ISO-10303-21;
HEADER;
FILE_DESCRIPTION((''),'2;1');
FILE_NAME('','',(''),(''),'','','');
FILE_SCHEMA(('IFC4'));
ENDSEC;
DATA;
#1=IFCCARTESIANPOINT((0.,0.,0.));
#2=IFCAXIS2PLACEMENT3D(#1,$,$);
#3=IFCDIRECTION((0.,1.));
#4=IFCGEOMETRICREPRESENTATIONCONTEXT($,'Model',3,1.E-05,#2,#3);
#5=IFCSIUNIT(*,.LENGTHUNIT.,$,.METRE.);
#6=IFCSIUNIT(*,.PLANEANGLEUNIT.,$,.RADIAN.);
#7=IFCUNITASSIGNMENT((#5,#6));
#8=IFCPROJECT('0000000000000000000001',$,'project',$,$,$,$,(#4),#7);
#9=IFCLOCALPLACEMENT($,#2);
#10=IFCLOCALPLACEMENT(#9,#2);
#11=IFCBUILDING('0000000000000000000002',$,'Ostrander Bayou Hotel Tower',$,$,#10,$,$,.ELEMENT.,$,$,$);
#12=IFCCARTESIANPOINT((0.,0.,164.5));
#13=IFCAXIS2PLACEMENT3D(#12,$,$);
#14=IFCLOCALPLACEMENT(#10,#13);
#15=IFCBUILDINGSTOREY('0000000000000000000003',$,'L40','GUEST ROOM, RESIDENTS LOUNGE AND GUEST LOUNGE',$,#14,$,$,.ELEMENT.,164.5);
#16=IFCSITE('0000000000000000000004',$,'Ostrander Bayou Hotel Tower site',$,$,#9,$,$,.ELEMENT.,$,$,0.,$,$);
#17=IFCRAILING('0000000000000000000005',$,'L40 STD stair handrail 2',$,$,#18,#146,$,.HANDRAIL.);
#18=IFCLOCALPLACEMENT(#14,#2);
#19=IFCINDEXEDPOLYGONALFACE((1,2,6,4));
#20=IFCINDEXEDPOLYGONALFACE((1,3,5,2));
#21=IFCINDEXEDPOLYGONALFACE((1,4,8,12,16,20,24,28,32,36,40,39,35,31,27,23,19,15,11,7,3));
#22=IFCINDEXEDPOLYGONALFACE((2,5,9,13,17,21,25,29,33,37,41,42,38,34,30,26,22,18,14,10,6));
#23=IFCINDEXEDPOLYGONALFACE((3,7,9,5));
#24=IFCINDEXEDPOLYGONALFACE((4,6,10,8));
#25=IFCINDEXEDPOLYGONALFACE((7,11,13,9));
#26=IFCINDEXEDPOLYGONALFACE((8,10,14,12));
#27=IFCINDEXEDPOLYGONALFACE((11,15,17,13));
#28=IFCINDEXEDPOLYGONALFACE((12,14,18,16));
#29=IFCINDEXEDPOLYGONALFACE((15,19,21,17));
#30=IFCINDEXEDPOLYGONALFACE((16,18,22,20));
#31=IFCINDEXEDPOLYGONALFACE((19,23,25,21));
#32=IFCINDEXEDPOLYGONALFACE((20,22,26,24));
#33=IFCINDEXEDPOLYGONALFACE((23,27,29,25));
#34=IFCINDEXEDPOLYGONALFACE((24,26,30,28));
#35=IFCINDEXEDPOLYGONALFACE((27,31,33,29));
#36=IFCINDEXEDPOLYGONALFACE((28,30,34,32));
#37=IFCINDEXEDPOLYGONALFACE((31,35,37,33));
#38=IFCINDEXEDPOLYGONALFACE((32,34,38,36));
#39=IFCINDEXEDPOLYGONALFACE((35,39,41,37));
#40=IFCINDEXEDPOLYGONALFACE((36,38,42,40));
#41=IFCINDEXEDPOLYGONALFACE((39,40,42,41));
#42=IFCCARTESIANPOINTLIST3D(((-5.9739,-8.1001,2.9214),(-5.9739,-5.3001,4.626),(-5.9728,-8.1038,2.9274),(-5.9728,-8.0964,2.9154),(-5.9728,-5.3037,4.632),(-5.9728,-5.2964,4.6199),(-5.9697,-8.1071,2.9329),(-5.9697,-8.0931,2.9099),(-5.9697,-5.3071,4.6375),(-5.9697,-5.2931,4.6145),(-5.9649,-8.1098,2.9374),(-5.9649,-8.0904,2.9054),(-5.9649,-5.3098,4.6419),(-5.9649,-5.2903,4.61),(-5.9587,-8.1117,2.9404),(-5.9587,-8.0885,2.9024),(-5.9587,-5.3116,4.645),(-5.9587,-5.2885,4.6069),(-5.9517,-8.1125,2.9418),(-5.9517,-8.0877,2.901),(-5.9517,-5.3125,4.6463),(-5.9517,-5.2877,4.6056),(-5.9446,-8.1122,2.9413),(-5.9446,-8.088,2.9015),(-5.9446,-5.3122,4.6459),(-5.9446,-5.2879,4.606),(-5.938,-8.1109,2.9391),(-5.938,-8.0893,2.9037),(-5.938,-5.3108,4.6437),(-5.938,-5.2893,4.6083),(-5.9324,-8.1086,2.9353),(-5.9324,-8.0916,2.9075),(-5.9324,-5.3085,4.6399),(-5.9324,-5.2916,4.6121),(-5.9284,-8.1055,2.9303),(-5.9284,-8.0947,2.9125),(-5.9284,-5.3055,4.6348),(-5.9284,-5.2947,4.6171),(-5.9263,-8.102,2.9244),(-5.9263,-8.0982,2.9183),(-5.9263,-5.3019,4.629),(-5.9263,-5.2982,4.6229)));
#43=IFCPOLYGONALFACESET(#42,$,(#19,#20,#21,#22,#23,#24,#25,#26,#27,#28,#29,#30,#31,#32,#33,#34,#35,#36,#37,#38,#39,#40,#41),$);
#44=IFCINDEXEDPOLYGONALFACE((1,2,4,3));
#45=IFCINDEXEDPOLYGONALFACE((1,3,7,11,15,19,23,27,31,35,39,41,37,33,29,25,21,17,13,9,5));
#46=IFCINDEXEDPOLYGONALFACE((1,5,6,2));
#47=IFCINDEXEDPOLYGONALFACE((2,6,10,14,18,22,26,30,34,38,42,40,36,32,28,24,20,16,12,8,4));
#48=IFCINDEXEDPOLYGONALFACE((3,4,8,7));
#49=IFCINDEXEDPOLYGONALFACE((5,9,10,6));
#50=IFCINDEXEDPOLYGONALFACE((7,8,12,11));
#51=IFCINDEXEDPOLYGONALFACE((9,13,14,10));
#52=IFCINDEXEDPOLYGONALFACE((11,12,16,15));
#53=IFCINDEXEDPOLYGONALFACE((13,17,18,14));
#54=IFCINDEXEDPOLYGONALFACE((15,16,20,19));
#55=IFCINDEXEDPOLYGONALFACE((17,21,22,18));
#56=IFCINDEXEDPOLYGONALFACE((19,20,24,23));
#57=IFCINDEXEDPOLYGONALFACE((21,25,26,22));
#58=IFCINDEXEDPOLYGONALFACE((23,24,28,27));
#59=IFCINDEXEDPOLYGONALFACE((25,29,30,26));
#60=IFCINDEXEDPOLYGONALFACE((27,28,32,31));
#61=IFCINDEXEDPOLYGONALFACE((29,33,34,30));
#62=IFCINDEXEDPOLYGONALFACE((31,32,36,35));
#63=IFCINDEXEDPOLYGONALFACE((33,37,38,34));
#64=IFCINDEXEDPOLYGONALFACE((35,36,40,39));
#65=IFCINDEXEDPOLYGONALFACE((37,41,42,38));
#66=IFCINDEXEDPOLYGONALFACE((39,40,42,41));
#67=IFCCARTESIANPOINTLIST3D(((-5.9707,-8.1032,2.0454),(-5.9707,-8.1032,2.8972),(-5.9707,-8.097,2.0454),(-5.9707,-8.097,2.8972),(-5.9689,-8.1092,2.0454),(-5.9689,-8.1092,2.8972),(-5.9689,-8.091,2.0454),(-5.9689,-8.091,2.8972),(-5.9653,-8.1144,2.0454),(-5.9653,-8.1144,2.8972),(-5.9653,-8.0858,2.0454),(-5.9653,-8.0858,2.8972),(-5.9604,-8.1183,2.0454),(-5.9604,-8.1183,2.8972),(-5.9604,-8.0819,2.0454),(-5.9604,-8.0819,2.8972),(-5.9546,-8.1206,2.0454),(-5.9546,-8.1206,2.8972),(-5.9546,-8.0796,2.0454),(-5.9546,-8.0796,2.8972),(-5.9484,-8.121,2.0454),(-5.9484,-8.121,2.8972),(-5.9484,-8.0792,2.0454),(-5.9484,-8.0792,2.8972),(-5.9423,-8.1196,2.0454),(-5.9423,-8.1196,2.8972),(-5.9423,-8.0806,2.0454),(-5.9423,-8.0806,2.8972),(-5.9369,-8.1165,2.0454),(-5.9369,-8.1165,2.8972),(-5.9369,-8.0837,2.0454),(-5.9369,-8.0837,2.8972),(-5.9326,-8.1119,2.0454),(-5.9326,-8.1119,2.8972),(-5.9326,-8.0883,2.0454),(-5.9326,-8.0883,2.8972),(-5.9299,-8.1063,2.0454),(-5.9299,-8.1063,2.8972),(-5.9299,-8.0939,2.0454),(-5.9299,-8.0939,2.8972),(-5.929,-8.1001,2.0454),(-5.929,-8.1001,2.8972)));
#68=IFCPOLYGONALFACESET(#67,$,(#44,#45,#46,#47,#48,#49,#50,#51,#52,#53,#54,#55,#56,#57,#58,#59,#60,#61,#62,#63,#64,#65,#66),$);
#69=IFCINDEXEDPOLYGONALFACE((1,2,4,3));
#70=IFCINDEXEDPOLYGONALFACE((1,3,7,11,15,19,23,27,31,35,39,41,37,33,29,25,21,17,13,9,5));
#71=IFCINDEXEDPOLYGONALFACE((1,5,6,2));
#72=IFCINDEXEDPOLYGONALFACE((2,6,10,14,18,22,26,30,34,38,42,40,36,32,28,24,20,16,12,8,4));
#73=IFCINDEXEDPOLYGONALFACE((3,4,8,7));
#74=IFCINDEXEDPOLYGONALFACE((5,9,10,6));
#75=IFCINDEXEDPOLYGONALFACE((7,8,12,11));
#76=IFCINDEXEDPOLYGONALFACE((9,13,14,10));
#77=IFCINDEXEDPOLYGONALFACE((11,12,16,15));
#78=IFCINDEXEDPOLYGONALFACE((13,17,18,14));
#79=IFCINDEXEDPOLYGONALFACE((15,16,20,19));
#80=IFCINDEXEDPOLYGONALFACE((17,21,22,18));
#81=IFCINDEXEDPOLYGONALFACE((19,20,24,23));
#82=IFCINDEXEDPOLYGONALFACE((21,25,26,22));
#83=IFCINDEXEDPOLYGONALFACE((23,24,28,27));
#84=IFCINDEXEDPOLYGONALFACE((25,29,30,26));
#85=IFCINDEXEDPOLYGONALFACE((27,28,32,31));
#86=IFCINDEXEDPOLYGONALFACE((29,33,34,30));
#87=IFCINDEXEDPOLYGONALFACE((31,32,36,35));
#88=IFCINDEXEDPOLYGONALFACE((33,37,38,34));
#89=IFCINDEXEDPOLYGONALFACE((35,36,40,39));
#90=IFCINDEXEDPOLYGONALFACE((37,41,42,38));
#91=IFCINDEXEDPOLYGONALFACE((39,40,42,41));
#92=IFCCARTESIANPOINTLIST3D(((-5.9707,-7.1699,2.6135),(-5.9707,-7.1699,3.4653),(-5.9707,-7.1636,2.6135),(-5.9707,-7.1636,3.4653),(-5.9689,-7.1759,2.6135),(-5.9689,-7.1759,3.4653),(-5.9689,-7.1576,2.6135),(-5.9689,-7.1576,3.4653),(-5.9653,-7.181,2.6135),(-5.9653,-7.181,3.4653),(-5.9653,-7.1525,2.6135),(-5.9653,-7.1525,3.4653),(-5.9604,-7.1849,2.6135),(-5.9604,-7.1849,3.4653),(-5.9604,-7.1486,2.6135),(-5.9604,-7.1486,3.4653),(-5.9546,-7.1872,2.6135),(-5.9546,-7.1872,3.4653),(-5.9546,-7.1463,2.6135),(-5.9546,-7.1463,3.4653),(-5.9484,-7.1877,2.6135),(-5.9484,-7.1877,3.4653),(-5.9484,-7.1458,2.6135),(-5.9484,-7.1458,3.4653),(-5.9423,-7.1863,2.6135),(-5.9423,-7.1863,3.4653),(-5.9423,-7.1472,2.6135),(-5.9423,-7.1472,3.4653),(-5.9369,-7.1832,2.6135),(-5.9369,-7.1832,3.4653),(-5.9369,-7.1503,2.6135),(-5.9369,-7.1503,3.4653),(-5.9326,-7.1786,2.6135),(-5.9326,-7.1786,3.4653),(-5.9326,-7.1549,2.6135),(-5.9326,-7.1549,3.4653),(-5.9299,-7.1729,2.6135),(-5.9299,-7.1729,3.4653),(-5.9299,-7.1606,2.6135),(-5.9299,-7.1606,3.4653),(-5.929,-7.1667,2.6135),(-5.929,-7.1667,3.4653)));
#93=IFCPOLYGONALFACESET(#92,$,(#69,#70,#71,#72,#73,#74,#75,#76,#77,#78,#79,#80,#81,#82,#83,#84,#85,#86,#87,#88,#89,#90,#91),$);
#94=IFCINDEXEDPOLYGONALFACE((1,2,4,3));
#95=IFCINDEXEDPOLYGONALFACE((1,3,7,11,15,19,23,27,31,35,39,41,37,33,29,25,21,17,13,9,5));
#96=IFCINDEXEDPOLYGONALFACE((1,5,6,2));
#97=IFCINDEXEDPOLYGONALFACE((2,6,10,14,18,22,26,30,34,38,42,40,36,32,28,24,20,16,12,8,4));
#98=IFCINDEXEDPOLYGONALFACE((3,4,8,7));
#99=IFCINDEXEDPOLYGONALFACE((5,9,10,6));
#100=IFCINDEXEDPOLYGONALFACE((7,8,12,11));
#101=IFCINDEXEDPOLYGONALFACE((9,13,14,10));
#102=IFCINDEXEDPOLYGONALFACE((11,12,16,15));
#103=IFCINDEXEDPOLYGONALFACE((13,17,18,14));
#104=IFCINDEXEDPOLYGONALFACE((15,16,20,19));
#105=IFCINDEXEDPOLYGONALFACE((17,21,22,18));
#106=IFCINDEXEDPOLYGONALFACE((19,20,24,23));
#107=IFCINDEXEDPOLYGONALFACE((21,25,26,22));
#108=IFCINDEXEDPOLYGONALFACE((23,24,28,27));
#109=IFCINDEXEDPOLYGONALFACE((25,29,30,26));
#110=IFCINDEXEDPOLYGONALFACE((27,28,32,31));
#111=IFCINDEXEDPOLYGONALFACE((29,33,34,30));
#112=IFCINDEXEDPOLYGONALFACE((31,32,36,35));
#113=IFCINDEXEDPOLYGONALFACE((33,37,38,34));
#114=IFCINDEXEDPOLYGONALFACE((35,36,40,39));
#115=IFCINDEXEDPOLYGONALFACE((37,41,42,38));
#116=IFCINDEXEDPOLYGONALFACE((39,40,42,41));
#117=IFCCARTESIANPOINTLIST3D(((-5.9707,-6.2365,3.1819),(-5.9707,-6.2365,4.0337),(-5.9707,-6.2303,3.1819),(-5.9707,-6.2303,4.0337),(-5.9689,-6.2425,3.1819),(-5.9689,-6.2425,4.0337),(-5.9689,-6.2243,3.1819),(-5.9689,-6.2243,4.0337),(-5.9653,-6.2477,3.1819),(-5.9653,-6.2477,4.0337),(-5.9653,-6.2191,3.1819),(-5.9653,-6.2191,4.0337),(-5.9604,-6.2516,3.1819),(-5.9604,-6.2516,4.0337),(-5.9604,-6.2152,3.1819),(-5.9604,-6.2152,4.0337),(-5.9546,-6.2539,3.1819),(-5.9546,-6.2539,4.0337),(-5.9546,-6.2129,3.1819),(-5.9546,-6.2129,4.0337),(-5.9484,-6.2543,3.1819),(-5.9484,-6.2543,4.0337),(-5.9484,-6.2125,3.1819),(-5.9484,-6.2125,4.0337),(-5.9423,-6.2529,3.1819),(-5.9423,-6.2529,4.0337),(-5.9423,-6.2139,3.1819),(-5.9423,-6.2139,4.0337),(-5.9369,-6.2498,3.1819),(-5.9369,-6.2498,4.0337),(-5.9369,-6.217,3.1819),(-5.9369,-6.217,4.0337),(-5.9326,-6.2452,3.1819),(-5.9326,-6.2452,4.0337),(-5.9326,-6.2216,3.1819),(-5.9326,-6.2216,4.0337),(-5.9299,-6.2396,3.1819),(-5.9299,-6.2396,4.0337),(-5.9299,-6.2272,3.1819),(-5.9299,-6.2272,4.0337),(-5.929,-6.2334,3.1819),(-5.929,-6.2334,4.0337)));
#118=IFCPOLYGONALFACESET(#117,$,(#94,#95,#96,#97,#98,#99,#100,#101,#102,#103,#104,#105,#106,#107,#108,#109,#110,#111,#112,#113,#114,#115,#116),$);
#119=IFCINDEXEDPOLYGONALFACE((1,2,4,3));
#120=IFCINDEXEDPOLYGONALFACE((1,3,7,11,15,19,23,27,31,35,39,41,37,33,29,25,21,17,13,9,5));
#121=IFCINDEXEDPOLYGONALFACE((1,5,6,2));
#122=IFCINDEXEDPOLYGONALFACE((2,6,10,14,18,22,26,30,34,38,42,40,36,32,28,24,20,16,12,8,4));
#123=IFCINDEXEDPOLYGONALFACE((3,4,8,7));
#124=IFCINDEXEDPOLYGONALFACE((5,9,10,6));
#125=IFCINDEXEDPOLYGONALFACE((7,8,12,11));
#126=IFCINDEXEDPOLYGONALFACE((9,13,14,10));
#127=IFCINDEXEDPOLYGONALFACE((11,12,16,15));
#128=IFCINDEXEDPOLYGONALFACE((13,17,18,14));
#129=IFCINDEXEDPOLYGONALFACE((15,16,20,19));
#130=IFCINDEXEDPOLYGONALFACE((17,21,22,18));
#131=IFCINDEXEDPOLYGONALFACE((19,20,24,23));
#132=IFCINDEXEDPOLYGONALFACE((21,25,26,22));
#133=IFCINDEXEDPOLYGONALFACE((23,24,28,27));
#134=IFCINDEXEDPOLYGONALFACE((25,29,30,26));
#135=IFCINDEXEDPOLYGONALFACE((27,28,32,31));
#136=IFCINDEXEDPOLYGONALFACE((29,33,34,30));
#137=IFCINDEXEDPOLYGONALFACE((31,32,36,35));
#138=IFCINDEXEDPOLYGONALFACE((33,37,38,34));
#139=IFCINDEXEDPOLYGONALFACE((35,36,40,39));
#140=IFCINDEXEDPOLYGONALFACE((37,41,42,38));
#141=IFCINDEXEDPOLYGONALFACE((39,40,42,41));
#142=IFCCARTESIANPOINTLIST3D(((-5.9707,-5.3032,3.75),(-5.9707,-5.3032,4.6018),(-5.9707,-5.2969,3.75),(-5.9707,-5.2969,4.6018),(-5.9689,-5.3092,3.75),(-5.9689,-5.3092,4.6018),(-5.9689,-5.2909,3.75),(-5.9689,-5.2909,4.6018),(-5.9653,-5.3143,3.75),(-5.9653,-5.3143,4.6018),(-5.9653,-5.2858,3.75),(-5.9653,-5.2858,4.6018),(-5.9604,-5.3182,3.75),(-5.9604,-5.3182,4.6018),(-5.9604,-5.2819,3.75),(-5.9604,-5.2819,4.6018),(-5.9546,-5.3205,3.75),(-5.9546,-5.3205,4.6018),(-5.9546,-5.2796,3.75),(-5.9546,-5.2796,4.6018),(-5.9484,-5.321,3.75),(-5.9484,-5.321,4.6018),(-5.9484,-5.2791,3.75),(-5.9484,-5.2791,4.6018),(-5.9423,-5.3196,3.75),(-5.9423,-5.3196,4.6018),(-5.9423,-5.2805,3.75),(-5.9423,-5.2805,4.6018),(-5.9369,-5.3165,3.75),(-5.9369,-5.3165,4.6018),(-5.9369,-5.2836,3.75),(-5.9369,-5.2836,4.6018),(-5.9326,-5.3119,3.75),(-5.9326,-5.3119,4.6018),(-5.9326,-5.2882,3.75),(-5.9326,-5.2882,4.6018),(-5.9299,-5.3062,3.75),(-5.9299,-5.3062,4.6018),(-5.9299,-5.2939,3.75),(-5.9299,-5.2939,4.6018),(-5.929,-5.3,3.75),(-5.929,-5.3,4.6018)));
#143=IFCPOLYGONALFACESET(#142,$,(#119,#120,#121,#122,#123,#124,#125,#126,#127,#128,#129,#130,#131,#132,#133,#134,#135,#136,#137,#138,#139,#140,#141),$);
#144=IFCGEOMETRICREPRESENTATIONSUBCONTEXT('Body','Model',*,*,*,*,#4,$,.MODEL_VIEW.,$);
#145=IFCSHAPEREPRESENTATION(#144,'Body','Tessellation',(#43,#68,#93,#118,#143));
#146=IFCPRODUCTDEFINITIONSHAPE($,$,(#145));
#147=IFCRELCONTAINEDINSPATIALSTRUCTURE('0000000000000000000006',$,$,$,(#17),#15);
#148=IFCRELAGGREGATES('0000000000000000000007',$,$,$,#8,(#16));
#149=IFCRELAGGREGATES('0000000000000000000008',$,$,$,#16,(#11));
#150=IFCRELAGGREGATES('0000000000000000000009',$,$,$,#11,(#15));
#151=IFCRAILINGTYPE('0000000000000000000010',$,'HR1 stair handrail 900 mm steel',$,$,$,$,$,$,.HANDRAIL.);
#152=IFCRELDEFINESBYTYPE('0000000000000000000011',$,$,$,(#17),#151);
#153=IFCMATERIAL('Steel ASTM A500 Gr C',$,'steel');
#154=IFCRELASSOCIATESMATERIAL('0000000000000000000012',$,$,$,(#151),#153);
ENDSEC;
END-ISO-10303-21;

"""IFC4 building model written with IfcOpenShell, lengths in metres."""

from ifc_helpers import new_model, si_unit, direction, frame, origin, origin_2d, place, context, subcontext, project, spatial, circle, extrude, material, type_object, element, save


model = new_model("IFC4")

# Units and contexts
model_context = context("Model", 3, precision=1e-05, world=origin(), true_north=direction((0.0, 1.0)))
body_context = subcontext(model_context, "Body", "Model", "MODEL_VIEW")
ifc_project = project(units=[si_unit("LENGTHUNIT", "METRE"), si_unit("PLANEANGLEUNIT", "RADIAN")], contexts=[model_context])

# Site, building, storey
site_placement = place(None, origin())
site = spatial("IfcSite", under=ifc_project, at=site_placement, Name="Ostrander Bayou Hotel Tower site", CompositionType="ELEMENT", RefElevation=0.0)
building_placement = place(site_placement, origin())
building = spatial("IfcBuilding", under=site, at=building_placement, Name="Ostrander Bayou Hotel Tower", CompositionType="ELEMENT")
storey_placement = place(building_placement, frame((0.0, 0.0, 164.5)))
storey = spatial("IfcBuildingStorey", under=building, at=storey_placement, Name="L40", Description="GUEST ROOM, RESIDENTS LOUNGE AND GUEST LOUNGE", CompositionType="ELEMENT", Elevation=164.5)

# Railing
ifc_material_1 = material(Name="Steel ASTM A500 Gr C", Category="steel")
railing_type_1 = type_object("IfcRailingType", Name="HR1 stair handrail 900 mm steel", PredefinedType="HANDRAIL", material=ifc_material_1)
railing_1_placement = place(storey_placement, frame((-5.95, -8.1001, 2.0454)))
element("IfcRailing", 1, at=railing_1_placement, inside=storey, type_object=railing_type_1, Name="L40 STD stair handrail 2", PredefinedType="HANDRAIL", context=body_context, shape_type="SweptSolid", body=[
    extrude(circle(Radius=0.0239, at=origin_2d()), frame((0.0, 0.0, 0.876), z_axis=(0.0, 0.85417, 0.519994), x_axis=(-1.0, 0.0, 0.0)), (0.0, 0.0, 1.0), 3.2781),
    extrude(circle(Radius=0.021, at=origin_2d()), origin(), (0.0, 0.0, 1.0), 0.8518),
    extrude(circle(Radius=0.021, at=origin_2d()), frame((0.0, 0.9333, 0.5681)), (0.0, 0.0, 1.0), 0.8518),
    extrude(circle(Radius=0.021, at=origin_2d()), frame((0.0, 1.8667, 1.1365)), (0.0, 0.0, 1.0), 0.8518),
    extrude(circle(Radius=0.021, at=origin_2d()), frame((0.0, 2.8, 1.7046)), (0.0, 0.0, 1.0), 0.8518),
])

save(model, "model.ifc")
